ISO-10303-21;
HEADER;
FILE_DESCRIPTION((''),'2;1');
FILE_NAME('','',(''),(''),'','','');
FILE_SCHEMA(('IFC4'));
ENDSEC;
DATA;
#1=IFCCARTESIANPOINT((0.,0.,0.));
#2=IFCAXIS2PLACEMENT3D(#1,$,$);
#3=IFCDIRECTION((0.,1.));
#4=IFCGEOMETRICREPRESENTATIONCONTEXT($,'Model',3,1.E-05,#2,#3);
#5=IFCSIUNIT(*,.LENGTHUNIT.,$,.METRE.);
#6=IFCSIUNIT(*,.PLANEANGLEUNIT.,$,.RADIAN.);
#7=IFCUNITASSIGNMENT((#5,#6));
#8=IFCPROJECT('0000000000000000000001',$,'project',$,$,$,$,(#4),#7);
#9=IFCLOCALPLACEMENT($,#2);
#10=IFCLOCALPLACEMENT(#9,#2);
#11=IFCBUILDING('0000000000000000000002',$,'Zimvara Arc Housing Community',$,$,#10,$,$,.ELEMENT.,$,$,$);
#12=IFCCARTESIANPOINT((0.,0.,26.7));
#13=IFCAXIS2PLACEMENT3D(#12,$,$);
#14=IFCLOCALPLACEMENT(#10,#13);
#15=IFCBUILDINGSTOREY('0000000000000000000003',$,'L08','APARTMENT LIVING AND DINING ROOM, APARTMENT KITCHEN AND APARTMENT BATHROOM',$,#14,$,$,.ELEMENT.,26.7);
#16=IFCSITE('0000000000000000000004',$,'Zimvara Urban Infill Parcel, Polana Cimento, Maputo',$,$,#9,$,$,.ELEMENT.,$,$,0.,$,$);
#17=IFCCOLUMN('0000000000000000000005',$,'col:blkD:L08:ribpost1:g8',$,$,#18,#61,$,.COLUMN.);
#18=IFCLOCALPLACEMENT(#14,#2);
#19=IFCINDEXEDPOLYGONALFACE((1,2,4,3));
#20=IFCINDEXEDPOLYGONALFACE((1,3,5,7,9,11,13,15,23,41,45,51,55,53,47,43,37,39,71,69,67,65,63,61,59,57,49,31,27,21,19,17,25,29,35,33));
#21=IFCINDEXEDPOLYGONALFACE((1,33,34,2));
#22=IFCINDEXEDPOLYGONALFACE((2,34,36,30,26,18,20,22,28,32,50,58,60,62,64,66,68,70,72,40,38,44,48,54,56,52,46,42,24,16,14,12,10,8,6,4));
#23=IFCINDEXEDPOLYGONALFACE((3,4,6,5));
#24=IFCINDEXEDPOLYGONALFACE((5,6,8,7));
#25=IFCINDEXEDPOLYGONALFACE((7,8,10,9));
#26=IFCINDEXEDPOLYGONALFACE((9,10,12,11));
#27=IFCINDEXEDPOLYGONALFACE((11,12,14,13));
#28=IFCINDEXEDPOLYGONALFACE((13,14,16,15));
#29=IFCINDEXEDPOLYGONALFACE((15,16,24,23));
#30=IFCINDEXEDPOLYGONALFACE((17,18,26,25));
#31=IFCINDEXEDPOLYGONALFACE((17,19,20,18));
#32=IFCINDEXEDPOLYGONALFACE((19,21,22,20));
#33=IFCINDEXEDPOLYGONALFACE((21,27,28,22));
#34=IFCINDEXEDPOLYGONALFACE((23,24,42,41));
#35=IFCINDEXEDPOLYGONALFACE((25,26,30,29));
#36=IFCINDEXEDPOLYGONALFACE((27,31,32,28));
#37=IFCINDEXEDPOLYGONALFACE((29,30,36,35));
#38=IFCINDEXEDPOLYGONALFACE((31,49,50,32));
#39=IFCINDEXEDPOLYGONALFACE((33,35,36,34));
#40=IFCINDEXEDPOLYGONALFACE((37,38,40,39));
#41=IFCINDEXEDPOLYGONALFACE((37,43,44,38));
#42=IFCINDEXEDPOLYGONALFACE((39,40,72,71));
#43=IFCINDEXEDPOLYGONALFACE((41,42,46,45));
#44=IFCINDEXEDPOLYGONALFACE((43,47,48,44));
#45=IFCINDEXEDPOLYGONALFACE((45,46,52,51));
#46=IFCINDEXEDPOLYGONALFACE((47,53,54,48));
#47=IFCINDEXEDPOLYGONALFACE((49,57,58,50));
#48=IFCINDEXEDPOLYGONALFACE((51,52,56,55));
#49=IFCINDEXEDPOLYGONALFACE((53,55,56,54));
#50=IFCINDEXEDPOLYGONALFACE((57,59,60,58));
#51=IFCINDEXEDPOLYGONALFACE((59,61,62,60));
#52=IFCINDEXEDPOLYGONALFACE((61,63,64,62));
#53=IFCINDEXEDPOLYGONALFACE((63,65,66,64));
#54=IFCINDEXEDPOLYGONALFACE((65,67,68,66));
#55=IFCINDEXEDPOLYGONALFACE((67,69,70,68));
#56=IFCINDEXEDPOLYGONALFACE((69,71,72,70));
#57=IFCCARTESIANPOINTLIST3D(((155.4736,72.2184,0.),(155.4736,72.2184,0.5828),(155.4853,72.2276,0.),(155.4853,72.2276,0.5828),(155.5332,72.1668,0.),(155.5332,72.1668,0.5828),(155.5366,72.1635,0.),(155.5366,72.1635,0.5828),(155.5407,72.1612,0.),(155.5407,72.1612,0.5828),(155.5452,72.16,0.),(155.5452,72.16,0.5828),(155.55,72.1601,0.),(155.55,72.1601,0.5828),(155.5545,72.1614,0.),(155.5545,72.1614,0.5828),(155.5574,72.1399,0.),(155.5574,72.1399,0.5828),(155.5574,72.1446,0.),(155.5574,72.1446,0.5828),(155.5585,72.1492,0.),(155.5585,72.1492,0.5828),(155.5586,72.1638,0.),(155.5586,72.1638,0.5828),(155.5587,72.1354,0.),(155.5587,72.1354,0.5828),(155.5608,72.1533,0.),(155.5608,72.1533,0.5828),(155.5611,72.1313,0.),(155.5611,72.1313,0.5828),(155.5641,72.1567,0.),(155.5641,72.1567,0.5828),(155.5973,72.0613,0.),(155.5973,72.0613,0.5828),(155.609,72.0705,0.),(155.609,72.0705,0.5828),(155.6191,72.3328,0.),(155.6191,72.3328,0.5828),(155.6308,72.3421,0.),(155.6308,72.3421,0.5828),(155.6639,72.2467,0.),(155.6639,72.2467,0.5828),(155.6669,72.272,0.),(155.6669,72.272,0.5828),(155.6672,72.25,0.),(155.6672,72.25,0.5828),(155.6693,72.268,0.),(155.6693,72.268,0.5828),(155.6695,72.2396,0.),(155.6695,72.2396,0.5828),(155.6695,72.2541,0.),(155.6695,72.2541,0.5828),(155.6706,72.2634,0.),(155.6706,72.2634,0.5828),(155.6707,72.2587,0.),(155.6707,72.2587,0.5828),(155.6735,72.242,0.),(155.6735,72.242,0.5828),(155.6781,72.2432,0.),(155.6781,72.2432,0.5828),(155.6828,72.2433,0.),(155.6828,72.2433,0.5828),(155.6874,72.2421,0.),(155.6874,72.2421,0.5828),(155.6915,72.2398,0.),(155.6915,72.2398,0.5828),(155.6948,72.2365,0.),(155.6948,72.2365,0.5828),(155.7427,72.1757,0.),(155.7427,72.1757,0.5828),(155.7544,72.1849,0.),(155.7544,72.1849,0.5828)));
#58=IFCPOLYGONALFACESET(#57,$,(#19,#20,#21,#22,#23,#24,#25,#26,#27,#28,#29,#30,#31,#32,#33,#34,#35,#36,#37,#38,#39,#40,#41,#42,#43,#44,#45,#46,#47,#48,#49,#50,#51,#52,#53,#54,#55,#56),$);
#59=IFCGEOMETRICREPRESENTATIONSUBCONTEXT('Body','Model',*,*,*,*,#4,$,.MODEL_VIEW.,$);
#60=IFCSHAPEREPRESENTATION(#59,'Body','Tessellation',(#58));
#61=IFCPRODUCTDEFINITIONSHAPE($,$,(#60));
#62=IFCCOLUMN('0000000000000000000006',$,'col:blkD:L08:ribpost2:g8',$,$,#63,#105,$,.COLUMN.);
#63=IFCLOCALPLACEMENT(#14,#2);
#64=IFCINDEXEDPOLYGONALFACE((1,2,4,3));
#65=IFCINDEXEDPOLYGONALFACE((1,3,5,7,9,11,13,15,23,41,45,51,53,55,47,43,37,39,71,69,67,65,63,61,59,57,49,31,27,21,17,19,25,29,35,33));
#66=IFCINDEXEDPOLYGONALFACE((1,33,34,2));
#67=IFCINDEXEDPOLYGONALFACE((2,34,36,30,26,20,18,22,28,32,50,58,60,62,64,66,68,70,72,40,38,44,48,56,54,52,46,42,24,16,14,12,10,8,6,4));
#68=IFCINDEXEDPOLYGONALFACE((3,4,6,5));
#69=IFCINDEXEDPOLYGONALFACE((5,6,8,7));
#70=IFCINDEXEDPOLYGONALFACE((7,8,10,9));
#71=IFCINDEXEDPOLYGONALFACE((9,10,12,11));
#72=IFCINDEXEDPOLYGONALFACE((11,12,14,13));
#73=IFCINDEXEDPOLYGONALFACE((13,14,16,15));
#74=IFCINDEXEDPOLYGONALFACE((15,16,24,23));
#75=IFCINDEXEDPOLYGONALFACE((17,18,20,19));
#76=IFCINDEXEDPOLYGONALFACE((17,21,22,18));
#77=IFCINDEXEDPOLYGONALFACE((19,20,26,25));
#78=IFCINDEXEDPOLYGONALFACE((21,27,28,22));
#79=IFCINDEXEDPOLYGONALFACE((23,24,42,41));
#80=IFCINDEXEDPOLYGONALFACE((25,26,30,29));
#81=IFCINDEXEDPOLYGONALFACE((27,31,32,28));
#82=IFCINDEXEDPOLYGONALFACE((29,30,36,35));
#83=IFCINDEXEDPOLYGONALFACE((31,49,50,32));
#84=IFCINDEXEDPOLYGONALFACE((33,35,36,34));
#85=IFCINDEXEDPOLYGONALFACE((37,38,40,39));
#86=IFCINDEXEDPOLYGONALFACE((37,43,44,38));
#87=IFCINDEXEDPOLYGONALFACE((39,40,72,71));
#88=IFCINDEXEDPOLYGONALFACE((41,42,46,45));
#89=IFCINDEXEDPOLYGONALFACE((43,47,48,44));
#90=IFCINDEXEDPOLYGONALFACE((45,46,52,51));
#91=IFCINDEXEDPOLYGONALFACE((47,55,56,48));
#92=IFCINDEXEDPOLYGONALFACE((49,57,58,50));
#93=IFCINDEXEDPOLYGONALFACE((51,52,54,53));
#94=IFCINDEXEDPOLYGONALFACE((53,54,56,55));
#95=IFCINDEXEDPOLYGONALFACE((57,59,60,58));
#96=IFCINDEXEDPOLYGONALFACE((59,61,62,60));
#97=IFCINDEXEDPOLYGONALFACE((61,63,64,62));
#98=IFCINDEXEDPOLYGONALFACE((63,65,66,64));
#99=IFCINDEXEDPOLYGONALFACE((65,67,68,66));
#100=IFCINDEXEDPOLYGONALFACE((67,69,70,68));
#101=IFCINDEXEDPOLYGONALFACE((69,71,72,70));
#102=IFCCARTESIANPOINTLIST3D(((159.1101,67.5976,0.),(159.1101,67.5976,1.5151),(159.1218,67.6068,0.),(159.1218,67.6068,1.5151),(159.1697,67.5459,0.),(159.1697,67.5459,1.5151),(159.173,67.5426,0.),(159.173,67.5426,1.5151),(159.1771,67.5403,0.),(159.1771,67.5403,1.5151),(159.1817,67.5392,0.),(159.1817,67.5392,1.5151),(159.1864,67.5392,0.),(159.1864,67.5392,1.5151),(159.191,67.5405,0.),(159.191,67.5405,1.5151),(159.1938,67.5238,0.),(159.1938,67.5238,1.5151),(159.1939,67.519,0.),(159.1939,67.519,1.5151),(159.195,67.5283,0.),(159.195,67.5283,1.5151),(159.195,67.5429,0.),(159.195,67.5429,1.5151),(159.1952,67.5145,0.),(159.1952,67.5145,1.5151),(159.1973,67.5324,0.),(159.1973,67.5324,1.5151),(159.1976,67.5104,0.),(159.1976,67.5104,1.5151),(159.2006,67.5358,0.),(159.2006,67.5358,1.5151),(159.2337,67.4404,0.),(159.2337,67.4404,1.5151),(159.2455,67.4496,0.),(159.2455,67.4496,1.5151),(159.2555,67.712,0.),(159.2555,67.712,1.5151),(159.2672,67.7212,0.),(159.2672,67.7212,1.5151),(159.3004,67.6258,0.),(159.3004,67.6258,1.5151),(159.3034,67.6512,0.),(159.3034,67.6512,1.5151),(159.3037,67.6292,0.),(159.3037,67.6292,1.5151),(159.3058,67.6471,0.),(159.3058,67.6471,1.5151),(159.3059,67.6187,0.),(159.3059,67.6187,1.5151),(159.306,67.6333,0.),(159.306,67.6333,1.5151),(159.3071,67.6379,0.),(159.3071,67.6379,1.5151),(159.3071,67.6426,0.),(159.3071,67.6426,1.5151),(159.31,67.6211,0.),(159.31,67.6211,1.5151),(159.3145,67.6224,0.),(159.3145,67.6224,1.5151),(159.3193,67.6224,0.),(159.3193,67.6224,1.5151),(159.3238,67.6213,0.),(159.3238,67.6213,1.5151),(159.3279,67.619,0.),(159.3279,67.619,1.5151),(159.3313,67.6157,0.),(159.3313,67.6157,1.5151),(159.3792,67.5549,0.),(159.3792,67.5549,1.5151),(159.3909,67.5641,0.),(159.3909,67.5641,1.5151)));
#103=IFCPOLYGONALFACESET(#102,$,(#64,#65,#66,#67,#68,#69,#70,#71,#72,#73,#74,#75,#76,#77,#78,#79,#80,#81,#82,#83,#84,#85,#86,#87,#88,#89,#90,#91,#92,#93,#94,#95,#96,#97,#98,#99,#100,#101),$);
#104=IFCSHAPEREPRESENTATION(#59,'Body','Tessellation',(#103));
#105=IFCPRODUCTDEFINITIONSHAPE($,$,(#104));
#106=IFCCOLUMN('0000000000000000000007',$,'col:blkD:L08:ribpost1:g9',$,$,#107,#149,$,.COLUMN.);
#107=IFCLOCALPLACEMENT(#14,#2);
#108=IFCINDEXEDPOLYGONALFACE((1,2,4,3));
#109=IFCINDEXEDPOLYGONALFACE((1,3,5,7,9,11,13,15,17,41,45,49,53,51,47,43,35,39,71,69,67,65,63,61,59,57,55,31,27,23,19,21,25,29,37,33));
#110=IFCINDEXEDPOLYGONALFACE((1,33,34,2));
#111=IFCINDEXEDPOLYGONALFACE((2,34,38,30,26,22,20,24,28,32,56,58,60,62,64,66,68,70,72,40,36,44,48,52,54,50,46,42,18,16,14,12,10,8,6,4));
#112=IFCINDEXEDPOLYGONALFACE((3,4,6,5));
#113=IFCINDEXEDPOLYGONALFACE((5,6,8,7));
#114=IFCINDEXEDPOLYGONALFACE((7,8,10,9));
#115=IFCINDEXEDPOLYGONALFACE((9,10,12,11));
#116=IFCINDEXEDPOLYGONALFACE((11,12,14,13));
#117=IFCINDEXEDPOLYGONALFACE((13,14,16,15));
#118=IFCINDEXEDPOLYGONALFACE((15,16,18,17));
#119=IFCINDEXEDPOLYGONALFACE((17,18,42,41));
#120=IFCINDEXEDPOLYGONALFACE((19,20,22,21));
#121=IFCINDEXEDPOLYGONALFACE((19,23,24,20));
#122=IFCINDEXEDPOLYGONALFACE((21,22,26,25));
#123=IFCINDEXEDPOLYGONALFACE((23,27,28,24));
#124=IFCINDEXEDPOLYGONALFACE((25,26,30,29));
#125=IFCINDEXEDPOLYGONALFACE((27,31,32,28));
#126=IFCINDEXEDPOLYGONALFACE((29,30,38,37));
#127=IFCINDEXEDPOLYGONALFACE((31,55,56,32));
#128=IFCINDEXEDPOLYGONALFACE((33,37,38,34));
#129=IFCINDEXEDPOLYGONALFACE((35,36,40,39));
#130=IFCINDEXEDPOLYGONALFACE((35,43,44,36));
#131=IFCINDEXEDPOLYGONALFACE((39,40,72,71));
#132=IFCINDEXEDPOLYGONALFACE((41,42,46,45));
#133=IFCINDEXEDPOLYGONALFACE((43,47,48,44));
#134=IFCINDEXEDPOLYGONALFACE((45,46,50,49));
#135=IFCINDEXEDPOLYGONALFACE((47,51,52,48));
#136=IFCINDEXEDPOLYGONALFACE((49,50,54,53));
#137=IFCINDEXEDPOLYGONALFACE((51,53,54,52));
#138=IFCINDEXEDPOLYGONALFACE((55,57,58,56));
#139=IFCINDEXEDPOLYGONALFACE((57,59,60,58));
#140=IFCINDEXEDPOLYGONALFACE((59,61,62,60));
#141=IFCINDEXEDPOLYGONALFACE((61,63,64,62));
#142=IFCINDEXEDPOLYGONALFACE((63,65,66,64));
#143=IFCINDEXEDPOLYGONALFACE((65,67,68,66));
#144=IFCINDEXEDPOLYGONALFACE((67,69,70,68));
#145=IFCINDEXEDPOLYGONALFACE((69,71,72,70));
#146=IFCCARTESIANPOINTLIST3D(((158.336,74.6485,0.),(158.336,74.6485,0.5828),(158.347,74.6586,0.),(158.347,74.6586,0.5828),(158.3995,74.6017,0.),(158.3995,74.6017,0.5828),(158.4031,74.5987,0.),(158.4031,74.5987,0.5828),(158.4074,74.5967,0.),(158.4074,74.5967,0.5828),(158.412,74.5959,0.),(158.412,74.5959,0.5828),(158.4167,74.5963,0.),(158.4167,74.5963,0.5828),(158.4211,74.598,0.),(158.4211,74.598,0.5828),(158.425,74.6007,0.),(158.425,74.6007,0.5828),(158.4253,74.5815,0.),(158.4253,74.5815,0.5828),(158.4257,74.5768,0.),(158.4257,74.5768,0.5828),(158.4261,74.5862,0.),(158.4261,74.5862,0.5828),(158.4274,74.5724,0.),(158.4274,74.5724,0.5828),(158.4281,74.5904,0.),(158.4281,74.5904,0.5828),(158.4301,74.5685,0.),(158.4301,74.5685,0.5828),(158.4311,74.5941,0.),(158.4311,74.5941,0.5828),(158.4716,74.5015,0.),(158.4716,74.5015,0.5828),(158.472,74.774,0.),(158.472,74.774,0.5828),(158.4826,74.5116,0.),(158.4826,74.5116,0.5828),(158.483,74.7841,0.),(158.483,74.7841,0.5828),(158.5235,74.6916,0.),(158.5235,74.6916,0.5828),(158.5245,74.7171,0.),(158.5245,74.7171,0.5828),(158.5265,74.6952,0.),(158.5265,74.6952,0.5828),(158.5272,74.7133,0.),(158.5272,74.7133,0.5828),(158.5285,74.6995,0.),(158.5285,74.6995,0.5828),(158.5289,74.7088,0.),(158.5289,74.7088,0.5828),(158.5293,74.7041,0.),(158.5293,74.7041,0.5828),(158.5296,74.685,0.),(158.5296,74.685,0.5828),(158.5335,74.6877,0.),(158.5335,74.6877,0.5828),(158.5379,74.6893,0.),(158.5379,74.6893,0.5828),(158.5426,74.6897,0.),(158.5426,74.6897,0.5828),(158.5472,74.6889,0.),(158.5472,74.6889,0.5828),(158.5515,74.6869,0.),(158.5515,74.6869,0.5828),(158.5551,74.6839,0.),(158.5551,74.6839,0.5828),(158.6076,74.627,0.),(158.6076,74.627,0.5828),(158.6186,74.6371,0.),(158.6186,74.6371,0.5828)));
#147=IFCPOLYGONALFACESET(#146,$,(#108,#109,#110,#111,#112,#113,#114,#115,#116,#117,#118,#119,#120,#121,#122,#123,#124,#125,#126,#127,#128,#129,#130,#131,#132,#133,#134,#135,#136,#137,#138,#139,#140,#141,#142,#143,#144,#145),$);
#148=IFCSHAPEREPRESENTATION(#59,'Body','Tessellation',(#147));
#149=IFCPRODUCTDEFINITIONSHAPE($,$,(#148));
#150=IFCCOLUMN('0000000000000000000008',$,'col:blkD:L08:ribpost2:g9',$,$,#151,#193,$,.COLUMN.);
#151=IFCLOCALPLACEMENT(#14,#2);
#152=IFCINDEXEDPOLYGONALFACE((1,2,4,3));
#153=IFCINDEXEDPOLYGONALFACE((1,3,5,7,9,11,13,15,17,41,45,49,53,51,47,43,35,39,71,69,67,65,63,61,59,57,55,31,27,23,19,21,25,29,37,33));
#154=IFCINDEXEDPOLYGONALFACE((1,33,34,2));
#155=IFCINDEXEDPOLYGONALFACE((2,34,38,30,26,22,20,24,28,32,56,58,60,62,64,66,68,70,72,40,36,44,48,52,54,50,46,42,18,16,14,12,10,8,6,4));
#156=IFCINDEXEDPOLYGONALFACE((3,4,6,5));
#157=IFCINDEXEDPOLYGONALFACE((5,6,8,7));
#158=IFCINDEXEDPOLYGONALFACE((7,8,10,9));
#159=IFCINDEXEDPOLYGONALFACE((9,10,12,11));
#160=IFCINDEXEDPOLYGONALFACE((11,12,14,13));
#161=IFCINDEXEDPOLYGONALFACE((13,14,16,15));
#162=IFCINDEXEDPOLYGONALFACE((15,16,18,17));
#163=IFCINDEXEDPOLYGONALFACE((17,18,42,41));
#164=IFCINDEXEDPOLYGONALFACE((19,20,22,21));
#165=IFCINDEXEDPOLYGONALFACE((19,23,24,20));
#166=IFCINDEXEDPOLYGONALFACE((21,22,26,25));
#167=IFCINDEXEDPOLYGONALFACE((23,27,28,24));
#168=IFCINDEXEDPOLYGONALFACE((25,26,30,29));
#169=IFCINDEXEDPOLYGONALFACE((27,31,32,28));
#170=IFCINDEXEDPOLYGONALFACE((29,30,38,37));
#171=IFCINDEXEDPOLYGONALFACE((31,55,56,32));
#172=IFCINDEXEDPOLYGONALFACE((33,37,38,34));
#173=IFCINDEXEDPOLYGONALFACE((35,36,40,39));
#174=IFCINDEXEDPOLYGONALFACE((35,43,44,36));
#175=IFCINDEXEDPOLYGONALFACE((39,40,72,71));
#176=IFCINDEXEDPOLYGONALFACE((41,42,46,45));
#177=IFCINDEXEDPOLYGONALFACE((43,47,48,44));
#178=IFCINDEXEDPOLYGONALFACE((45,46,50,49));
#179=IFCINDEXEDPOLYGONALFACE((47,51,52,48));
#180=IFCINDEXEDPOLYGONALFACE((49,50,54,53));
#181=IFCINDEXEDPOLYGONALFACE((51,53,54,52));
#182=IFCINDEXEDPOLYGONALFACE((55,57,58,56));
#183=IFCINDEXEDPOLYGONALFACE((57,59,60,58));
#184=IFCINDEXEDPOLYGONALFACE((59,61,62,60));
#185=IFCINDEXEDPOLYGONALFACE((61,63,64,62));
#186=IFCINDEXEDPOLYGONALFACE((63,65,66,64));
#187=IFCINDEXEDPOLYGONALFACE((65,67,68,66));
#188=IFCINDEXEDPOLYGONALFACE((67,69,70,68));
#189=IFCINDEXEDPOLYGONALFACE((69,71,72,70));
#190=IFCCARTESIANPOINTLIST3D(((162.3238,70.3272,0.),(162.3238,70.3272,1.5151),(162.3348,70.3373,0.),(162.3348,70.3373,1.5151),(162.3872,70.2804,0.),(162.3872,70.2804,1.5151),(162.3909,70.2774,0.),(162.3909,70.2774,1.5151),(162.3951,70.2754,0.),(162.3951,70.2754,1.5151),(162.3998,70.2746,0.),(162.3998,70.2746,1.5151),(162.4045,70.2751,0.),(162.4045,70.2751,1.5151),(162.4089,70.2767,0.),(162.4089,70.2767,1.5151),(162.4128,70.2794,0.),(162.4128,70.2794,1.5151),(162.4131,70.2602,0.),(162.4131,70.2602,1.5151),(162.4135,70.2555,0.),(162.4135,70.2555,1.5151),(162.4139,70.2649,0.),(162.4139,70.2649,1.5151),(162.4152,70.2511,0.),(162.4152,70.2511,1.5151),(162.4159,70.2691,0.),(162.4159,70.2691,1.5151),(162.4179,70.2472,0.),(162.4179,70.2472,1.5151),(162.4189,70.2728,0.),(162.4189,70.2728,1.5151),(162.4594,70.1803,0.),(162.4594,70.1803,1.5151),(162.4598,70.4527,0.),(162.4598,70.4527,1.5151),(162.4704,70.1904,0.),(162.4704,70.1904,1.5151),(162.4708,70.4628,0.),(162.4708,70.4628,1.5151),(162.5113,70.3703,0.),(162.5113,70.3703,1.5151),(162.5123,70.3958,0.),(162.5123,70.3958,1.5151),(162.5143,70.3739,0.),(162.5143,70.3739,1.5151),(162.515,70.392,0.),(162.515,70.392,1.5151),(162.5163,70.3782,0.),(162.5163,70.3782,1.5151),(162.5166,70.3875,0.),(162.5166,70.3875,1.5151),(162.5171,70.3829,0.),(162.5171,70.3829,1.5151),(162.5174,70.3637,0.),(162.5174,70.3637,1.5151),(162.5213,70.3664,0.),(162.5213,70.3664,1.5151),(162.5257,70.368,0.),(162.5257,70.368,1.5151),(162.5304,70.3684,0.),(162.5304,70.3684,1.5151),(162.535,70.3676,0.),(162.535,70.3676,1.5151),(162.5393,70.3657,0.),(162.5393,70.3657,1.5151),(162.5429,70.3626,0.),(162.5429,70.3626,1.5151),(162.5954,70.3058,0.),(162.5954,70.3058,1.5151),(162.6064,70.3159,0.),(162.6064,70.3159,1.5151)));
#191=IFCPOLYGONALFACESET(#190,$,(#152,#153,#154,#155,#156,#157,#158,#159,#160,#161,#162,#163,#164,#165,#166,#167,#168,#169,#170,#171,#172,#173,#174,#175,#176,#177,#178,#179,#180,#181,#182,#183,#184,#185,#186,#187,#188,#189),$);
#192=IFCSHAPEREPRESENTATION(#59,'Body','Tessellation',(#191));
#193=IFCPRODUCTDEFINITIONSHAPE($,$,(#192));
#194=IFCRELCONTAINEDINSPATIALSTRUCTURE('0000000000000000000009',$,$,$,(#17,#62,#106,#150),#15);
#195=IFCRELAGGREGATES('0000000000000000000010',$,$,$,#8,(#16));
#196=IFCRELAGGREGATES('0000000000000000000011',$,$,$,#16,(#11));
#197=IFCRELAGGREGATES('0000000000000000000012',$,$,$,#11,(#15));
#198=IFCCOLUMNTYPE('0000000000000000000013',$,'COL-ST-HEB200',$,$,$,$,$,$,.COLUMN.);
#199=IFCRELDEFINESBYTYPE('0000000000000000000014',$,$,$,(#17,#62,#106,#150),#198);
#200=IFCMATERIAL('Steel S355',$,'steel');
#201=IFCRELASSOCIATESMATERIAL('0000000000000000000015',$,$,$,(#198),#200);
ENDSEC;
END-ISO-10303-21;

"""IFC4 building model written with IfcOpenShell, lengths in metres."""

from ifc_helpers import new_model, si_unit, direction, frame, origin, origin_2d, place, context, subcontext, project, spatial, i_section, extrude, material, material_profile, profile_set, type_object, element, save


model = new_model("IFC4")

# Units and contexts
model_context = context("Model", 3, precision=1e-05, world=origin(), true_north=direction((0.0, 1.0)))
body_context = subcontext(model_context, "Body", "Model", "MODEL_VIEW")
ifc_project = project(units=[si_unit("LENGTHUNIT", "METRE"), si_unit("PLANEANGLEUNIT", "RADIAN")], contexts=[model_context])

# Site, building, storey
site_placement = place(None, origin())
site = spatial("IfcSite", under=ifc_project, at=site_placement, Name="Zimvara Urban Infill Parcel, Polana Cimento, Maputo", CompositionType="ELEMENT", RefElevation=0.0)
building_placement = place(site_placement, origin())
building = spatial("IfcBuilding", under=site, at=building_placement, Name="Zimvara Arc Housing Community", CompositionType="ELEMENT")
storey_placement = place(building_placement, frame((0.0, 0.0, 26.7)))
storey = spatial("IfcBuildingStorey", under=building, at=storey_placement, Name="L08", Description="APARTMENT LIVING AND DINING ROOM, APARTMENT KITCHEN AND APARTMENT BATHROOM", CompositionType="ELEMENT", Elevation=26.7)

# Columns
ifc_material_1 = material(Name="Steel S355", Category="steel")
ifc_material_profile_1 = material_profile(ifc_material_1, i_section(OverallWidth=0.2, OverallDepth=0.2, WebThickness=0.009, FlangeThickness=0.0149, FilletRadius=0.0181, at=origin_2d()), Name="HEB 200")
ifc_profile_set_1 = profile_set([ifc_material_profile_1], Name="Steel S355")
column_type = type_object("IfcColumnType", Name="COL-ST-HEB200", PredefinedType="COLUMN", material=ifc_profile_set_1)
column_1_placement = place(storey_placement, frame((155.614, 72.2017, 0.0), z_axis=(0.0, 0.0, 1.0), x_axis=(0.618408, -0.785857, 0.0)))
element("IfcColumn", 1, at=column_1_placement, inside=storey, type_object=column_type, Name="col:blkD:L08:ribpost1:g8", PredefinedType="COLUMN", context=body_context, shape_type="SweptSolid", body=[
    extrude(i_section(OverallWidth=0.2, OverallDepth=0.2, WebThickness=0.009, FlangeThickness=0.0149, FilletRadius=0.0181, at=origin_2d()), origin(), (0.0, 0.0, 1.0), 0.5828),
])
column_2_placement = place(storey_placement, frame((159.2505, 67.5808, 0.0), z_axis=(0.0, 0.0, 1.0), x_axis=(0.618408, -0.785857, 0.0)))
element("IfcColumn", 2, at=column_2_placement, inside=storey, type_object=column_type, Name="col:blkD:L08:ribpost2:g8", PredefinedType="COLUMN", context=body_context, shape_type="SweptSolid", body=[
    extrude(i_section(OverallWidth=0.2, OverallDepth=0.2, WebThickness=0.009, FlangeThickness=0.0149, FilletRadius=0.0181, at=origin_2d()), origin(), (0.0, 0.0, 1.0), 1.5151),
])
column_3_placement = place(storey_placement, frame((158.4773, 74.6428, 0.0), z_axis=(0.0, 0.0, 1.0), x_axis=(0.67816, -0.734915, 0.0)))
element("IfcColumn", 3, at=column_3_placement, inside=storey, type_object=column_type, Name="col:blkD:L08:ribpost1:g9", PredefinedType="COLUMN", context=body_context, shape_type="SweptSolid", body=[
    extrude(i_section(OverallWidth=0.2, OverallDepth=0.2, WebThickness=0.009, FlangeThickness=0.0149, FilletRadius=0.0181, at=origin_2d()), origin(), (0.0, 0.0, 1.0), 0.5828),
])
column_4_placement = place(storey_placement, frame((162.4651, 70.3215, 0.0), z_axis=(0.0, 0.0, 1.0), x_axis=(0.67816, -0.734915, 0.0)))
element("IfcColumn", 4, at=column_4_placement, inside=storey, type_object=column_type, Name="col:blkD:L08:ribpost2:g9", PredefinedType="COLUMN", context=body_context, shape_type="SweptSolid", body=[
    extrude(i_section(OverallWidth=0.2, OverallDepth=0.2, WebThickness=0.009, FlangeThickness=0.0149, FilletRadius=0.0181, at=origin_2d()), origin(), (0.0, 0.0, 1.0), 1.5151),
])

save(model, "model.ifc")
